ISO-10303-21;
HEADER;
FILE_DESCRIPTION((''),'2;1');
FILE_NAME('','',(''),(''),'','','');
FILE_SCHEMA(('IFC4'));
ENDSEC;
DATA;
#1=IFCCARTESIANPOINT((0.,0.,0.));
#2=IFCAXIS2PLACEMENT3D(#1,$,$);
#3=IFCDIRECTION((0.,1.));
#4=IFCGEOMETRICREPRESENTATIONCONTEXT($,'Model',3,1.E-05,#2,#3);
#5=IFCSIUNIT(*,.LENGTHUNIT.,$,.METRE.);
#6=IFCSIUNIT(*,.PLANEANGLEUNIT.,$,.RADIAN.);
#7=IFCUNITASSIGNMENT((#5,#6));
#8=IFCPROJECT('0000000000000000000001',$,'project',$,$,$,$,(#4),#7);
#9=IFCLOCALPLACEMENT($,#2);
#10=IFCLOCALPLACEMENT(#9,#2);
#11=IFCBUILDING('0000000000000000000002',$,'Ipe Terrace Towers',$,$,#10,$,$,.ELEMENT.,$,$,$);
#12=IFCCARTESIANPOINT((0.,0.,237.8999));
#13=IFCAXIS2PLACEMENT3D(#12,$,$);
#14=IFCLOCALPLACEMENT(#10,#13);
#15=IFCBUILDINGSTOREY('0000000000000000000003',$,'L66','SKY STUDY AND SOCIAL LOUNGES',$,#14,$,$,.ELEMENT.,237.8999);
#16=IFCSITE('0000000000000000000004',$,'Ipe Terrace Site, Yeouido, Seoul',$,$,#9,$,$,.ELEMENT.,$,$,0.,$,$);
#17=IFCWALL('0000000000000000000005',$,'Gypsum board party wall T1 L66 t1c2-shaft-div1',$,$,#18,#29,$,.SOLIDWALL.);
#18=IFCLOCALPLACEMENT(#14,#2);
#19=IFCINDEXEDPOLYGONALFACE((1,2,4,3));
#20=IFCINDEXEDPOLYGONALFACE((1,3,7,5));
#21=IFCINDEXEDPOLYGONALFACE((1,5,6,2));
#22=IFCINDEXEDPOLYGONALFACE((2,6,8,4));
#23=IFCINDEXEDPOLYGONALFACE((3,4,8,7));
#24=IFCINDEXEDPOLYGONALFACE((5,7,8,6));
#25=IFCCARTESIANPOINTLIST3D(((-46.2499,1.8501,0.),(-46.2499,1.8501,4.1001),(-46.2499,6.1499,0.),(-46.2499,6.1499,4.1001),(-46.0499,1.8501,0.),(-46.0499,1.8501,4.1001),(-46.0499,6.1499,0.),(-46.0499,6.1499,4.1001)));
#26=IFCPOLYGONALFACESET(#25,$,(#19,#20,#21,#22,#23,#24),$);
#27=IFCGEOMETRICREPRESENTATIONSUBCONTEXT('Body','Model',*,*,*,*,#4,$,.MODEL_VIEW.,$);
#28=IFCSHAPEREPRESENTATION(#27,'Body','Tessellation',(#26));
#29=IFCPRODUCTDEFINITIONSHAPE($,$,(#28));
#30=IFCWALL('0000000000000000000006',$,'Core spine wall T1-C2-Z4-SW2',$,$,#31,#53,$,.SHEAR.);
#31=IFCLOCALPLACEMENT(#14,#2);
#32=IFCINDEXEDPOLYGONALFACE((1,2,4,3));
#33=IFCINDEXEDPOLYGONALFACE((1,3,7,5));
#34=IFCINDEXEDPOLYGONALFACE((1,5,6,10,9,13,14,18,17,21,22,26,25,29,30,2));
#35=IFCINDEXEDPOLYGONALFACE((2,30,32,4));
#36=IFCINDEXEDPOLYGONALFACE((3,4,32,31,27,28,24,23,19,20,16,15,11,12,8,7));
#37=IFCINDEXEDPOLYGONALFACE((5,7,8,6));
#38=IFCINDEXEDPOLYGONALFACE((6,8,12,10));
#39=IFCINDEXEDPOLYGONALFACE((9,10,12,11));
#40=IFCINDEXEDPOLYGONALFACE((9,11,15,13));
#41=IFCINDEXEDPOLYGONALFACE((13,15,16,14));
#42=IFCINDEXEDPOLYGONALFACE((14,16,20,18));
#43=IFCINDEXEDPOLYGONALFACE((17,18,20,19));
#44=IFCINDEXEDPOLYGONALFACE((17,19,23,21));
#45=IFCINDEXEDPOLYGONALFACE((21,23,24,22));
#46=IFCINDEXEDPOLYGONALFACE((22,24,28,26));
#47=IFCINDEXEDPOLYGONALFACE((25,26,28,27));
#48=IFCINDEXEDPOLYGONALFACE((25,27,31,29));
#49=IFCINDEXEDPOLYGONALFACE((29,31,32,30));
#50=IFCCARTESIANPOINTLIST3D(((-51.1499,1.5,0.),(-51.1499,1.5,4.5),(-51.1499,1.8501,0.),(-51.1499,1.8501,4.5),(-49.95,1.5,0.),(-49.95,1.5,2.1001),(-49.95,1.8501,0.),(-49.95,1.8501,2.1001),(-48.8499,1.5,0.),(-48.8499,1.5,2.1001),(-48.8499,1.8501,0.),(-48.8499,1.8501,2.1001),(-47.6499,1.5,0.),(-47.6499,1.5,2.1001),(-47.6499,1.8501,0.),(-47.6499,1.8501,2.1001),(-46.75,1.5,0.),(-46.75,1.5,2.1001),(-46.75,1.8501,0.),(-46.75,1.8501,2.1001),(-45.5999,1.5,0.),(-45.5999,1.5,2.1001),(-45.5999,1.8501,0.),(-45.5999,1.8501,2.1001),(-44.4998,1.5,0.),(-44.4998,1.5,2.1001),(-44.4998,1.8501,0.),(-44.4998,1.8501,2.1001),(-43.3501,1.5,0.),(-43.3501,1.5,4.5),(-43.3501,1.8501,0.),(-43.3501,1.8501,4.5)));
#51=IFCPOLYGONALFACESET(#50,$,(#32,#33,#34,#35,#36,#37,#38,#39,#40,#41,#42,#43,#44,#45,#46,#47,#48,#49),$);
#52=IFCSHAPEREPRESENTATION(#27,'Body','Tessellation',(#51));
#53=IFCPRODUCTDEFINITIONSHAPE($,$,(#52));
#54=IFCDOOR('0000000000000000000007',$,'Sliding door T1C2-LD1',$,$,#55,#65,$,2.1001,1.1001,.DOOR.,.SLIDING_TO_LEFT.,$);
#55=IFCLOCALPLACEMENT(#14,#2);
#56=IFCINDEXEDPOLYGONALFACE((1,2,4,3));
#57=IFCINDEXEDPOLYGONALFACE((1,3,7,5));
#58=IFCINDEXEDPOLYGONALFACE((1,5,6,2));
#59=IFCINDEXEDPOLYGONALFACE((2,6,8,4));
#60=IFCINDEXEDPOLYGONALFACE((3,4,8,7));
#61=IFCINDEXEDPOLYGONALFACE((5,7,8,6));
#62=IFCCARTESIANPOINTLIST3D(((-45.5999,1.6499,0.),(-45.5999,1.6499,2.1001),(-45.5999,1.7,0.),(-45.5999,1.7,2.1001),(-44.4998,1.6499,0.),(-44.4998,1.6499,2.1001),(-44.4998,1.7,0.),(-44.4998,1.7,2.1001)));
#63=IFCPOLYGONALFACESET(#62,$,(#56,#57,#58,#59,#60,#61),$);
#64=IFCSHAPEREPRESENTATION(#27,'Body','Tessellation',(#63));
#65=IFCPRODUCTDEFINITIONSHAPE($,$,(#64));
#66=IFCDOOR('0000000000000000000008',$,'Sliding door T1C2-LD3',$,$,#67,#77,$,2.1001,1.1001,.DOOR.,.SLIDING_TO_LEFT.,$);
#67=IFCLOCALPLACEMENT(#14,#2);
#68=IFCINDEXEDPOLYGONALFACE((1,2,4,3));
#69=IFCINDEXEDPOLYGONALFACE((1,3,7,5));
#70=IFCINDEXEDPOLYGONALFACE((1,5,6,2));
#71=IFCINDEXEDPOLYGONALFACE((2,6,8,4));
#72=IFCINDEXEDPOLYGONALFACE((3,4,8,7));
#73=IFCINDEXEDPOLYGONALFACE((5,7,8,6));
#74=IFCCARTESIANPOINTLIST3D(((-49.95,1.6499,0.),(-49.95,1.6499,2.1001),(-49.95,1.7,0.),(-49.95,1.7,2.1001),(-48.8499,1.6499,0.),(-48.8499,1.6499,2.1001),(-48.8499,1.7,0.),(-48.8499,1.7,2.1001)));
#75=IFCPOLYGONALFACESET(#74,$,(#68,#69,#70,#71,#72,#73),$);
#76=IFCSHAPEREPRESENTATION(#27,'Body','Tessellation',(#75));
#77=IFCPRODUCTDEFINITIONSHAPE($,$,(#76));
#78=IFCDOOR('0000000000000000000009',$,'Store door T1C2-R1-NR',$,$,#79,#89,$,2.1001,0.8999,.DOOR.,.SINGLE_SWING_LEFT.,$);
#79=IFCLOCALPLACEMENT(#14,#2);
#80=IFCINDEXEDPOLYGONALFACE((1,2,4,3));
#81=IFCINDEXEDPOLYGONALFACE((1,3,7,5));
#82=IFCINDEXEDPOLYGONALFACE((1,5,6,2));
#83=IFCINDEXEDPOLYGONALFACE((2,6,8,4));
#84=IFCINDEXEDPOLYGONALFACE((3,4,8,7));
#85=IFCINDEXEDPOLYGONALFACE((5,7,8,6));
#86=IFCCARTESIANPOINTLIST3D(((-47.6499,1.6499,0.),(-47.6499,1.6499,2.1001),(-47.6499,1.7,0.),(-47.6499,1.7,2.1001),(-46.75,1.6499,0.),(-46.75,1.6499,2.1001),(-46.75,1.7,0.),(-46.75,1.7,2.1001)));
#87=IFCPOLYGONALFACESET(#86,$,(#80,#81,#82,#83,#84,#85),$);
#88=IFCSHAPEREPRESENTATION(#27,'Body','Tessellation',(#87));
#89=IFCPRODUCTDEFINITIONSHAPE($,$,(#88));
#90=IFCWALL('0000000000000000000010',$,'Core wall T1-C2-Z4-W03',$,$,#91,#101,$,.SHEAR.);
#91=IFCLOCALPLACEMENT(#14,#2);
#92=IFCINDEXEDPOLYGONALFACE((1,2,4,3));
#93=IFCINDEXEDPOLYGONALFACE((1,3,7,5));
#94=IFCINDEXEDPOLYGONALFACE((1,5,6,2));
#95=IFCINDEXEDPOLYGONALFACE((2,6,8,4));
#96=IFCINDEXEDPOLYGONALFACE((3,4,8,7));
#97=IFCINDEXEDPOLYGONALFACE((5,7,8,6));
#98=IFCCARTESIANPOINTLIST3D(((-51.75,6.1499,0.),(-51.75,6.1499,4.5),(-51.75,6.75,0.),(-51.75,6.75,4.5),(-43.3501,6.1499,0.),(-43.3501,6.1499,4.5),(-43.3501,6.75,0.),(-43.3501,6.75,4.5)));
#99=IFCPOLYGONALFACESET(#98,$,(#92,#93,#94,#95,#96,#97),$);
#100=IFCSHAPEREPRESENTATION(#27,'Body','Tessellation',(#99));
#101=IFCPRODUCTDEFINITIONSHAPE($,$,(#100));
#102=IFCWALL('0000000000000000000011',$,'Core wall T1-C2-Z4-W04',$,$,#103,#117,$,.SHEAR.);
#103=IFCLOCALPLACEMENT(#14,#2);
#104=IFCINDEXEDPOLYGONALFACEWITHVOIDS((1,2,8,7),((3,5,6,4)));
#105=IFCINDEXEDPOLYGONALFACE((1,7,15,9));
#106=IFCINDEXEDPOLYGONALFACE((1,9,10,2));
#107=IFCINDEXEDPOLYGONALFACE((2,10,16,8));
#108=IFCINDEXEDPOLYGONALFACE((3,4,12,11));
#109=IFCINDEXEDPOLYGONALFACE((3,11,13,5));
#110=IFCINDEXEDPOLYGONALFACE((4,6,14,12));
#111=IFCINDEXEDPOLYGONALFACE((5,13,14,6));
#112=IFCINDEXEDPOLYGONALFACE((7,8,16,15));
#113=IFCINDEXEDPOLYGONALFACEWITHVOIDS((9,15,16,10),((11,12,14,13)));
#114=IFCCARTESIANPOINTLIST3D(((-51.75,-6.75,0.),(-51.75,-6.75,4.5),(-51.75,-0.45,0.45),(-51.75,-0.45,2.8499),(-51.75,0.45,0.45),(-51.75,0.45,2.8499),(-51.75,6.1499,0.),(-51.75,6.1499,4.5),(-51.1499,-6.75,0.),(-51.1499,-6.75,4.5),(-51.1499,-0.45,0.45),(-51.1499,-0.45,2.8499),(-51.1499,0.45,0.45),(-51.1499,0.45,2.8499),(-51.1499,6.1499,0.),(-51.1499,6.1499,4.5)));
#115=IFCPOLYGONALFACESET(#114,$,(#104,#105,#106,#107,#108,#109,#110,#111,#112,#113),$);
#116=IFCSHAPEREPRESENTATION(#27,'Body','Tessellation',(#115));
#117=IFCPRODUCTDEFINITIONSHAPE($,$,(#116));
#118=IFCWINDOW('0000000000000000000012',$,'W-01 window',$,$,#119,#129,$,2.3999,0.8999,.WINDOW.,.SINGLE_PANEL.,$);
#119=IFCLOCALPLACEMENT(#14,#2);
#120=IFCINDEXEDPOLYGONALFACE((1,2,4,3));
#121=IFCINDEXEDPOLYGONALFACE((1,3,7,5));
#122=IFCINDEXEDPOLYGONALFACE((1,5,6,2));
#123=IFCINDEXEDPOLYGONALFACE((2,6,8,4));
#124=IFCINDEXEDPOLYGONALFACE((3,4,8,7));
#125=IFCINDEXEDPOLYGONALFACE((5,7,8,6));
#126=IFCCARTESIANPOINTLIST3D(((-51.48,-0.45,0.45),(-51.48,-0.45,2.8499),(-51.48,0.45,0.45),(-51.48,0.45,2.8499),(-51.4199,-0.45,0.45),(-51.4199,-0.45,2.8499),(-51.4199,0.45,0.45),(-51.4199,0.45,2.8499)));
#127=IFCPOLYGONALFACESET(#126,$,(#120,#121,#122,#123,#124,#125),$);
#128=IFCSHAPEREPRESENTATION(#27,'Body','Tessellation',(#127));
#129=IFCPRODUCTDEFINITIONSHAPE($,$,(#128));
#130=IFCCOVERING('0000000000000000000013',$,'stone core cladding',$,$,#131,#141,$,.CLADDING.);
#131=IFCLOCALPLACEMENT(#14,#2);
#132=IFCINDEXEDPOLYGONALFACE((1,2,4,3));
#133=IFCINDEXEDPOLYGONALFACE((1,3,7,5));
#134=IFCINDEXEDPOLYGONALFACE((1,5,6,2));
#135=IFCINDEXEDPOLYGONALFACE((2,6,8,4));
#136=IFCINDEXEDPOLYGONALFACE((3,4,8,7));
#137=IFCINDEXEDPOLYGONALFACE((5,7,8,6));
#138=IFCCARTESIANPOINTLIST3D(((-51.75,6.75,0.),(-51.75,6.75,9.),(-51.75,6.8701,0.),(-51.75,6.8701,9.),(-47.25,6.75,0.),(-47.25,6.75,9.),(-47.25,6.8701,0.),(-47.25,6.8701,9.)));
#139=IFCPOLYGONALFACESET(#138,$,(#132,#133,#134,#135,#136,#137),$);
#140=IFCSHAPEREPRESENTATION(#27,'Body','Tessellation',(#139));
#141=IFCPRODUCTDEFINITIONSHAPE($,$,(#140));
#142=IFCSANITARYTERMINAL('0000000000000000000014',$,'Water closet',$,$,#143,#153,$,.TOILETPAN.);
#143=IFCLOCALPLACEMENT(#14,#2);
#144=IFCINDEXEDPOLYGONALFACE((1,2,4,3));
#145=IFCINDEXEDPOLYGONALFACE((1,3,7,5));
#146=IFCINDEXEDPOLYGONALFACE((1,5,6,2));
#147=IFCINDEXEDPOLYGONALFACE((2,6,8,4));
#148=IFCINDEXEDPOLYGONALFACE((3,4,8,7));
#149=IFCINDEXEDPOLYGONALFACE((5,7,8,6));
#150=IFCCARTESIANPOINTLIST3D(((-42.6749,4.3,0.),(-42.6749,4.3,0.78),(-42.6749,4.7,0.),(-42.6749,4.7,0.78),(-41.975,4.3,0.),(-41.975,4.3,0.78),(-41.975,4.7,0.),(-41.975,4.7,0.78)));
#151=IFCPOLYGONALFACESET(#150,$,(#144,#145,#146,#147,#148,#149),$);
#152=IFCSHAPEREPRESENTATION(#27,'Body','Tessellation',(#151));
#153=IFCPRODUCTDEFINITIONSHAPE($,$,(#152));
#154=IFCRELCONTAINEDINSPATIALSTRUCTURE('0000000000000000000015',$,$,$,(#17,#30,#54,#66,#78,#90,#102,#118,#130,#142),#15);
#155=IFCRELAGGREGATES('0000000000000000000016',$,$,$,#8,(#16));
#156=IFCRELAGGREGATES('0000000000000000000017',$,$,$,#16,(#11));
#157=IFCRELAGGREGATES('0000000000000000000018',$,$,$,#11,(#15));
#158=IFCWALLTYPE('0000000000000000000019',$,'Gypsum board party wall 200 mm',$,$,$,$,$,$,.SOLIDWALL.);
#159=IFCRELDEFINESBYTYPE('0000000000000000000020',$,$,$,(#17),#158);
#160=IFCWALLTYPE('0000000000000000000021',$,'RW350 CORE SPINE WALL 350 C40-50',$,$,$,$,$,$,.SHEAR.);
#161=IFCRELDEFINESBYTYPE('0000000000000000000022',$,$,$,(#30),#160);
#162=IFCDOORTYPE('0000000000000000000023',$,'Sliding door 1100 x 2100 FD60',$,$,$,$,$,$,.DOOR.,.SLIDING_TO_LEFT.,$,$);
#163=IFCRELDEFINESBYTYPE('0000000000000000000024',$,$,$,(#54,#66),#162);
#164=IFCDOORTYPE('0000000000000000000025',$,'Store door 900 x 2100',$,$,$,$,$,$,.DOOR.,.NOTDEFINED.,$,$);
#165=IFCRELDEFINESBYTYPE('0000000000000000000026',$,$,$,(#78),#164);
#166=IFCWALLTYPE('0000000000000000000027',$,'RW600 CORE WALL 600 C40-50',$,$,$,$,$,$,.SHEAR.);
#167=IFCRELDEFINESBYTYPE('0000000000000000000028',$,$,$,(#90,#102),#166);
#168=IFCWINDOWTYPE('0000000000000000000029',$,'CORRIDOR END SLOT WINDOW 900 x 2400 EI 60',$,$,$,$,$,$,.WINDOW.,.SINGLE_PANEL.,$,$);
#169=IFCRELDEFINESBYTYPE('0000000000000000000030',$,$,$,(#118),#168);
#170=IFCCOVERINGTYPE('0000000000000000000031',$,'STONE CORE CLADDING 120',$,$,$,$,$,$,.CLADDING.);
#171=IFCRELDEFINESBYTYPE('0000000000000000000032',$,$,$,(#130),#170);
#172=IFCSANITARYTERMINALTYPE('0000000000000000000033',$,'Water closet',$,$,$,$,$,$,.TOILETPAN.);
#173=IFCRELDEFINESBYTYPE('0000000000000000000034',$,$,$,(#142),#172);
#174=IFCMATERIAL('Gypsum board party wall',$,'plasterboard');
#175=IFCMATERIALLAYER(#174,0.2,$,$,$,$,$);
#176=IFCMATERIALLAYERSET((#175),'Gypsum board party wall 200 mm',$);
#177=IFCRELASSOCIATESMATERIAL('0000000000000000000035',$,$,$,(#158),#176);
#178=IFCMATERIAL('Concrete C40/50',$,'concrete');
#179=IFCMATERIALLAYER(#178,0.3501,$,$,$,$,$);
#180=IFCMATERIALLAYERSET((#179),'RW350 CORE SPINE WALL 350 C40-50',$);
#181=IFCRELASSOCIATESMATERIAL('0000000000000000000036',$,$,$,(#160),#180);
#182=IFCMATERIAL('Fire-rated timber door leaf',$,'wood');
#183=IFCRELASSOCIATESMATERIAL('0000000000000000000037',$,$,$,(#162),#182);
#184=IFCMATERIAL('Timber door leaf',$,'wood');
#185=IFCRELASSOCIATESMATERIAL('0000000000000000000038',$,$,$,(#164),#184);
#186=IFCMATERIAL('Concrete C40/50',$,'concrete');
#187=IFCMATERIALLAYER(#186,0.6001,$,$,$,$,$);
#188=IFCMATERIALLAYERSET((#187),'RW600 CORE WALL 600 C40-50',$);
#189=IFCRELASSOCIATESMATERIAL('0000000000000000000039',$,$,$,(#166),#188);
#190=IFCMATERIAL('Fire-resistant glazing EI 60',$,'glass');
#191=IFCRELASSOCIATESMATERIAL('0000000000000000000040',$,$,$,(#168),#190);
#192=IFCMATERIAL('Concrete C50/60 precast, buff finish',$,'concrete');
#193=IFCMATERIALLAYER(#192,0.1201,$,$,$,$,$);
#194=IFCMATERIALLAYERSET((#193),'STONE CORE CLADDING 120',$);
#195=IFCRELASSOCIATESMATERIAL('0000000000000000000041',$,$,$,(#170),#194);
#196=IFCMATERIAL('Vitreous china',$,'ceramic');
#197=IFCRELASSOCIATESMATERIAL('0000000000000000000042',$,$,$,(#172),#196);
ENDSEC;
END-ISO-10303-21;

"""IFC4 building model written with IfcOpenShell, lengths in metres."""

from ifc_helpers import new_model, si_unit, direction, frame, frame_2d, origin, origin_2d, place, context, subcontext, project, spatial, rectangle, extrude, material, layer, layer_set, type_object, element, fill, save


model = new_model("IFC4")

# Units and contexts
model_context = context("Model", 3, precision=1e-05, world=origin(), true_north=direction((0.0, 1.0)))
body_context = subcontext(model_context, "Body", "Model", "MODEL_VIEW")
ifc_project = project(units=[si_unit("LENGTHUNIT", "METRE"), si_unit("PLANEANGLEUNIT", "RADIAN")], contexts=[model_context])

# Site, building, storey
site_placement = place(None, origin())
site = spatial("IfcSite", under=ifc_project, at=site_placement, Name="Ipe Terrace Site, Yeouido, Seoul", CompositionType="ELEMENT", RefElevation=0.0)
building_placement = place(site_placement, origin())
building = spatial("IfcBuilding", under=site, at=building_placement, Name="Ipe Terrace Towers", CompositionType="ELEMENT")
storey_placement = place(building_placement, frame((0.0, 0.0, 237.8999)))
storey = spatial("IfcBuildingStorey", under=building, at=storey_placement, Name="L66", Description="SKY STUDY AND SOCIAL LOUNGES", CompositionType="ELEMENT", Elevation=237.8999)

# Wall
ifc_material_1 = material(Name="Gypsum board party wall", Category="plasterboard")
ifc_layer_1 = layer(ifc_material_1, 0.2)
ifc_layer_set_1 = layer_set([ifc_layer_1], Name="Gypsum board party wall 200 mm")
wall_type_1 = type_object("IfcWallType", Name="Gypsum board party wall 200 mm", PredefinedType="SOLIDWALL", material=ifc_layer_set_1)
for number, where, z_axis, x_axis, name in (
    (1, (-46.1499, 6.1499, 0.0), (0.0, 0.0, 1.0), (0.0, -1.0, 0.0), "Gypsum board party wall T1 L66 t1c2-shaft-div1"),
):
    element("IfcWall", number, at=place(storey_placement, frame(where, z_axis=z_axis, x_axis=x_axis)), inside=storey, type_object=wall_type_1, Name=name, PredefinedType="SOLIDWALL", context=body_context, shape_type="SweptSolid", body=[
        extrude(rectangle(XDim=4.2998, YDim=0.2, at=frame_2d((2.1499, 0.0))), origin(), (0.0, 0.0, 1.0), 4.1001),
    ])

# Wall, openings, doors
ifc_material_2 = material(Name="Concrete C40/50", Category="concrete")
ifc_layer_2 = layer(ifc_material_2, 0.3501)
ifc_layer_set_2 = layer_set([ifc_layer_2], Name="RW350 CORE SPINE WALL 350 C40-50")
wall_type_2 = type_object("IfcWallType", Name="RW350 CORE SPINE WALL 350 C40-50", PredefinedType="SHEAR", material=ifc_layer_set_2)
wall_1_placement = place(storey_placement, frame((-51.1499, 1.675, 0.0), z_axis=(0.0, 0.0, 1.0), x_axis=(1.0, 0.0, 0.0)))
wall_1 = element("IfcWall", 2, at=wall_1_placement, inside=storey, type_object=wall_type_2, Name="Core spine wall T1-C2-Z4-SW2", PredefinedType="SHEAR", context=body_context, shape_type="SweptSolid", body=[
    extrude(rectangle(XDim=7.7998, YDim=0.3501, at=frame_2d((3.8999, 0.0))), origin(), (0.0, 0.0, 1.0), 4.5),
])
opening_1_placement = place(wall_1_placement, frame((5.55, 0.0, 0.0)))
opening_1 = element("IfcOpeningElement", 3, at=opening_1_placement, cuts=wall_1, PredefinedType="OPENING", context=body_context, shape_type="SweptSolid", body=[
    extrude(rectangle(XDim=1.1001, YDim=2.1001, at=frame_2d((0.55, 1.05))), frame((0.0, 0.1851, 0.0), z_axis=(0.0, -1.0, 0.0), x_axis=(1.0, 0.0, 0.0)), (0.0, 0.0, 1.0), 0.3701),
])
opening_2_placement = place(wall_1_placement, frame((1.2, 0.0, 0.0)))
opening_2 = element("IfcOpeningElement", 4, at=opening_2_placement, cuts=wall_1, PredefinedType="OPENING", context=body_context, shape_type="SweptSolid", body=[
    extrude(rectangle(XDim=1.1001, YDim=2.1001, at=frame_2d((0.55, 1.05))), frame((0.0, 0.1851, 0.0), z_axis=(0.0, -1.0, 0.0), x_axis=(1.0, 0.0, 0.0)), (0.0, 0.0, 1.0), 0.3701),
])
opening_3_placement = place(wall_1_placement, frame((3.5, 0.0, 0.0)))
opening_3 = element("IfcOpeningElement", 5, at=opening_3_placement, cuts=wall_1, PredefinedType="OPENING", context=body_context, shape_type="SweptSolid", body=[
    extrude(rectangle(XDim=0.8999, YDim=2.1001, at=frame_2d((0.45, 1.05))), frame((0.0, 0.1851, 0.0), z_axis=(0.0, -1.0, 0.0), x_axis=(1.0, 0.0, 0.0)), (0.0, 0.0, 1.0), 0.3701),
])
ifc_material_3 = material(Name="Fire-rated timber door leaf", Category="wood")
door_type_1 = type_object("IfcDoorType", Name="Sliding door 1100 x 2100 FD60", OperationType="SLIDING_TO_LEFT", PredefinedType="DOOR", material=ifc_material_3)
door_1_placement = place(opening_1_placement, origin())
door_1 = element("IfcDoor", 6, at=door_1_placement, inside=storey, type_object=door_type_1, Name="Sliding door T1C2-LD1", OperationType="SLIDING_TO_LEFT", OverallHeight=2.1001, OverallWidth=1.1001, PredefinedType="DOOR", context=body_context, shape_type="SweptSolid", body=[
    extrude(rectangle(XDim=1.1001, YDim=2.1001, at=frame_2d((0.55, 1.05))), frame((0.0, 0.0249, 0.0), z_axis=(0.0, -1.0, 0.0), x_axis=(1.0, 0.0, 0.0)), (0.0, 0.0, 1.0), 0.05),
])
fill(opening_1, door_1)
door_2_placement = place(opening_2_placement, origin())
door_2 = element("IfcDoor", 7, at=door_2_placement, inside=storey, type_object=door_type_1, Name="Sliding door T1C2-LD3", OperationType="SLIDING_TO_LEFT", OverallHeight=2.1001, OverallWidth=1.1001, PredefinedType="DOOR", context=body_context, shape_type="SweptSolid", body=[
    extrude(rectangle(XDim=1.1001, YDim=2.1001, at=frame_2d((0.55, 1.05))), frame((0.0, 0.0249, 0.0), z_axis=(0.0, -1.0, 0.0), x_axis=(1.0, 0.0, 0.0)), (0.0, 0.0, 1.0), 0.05),
])
fill(opening_2, door_2)
ifc_material_4 = material(Name="Timber door leaf", Category="wood")
door_type_2 = type_object("IfcDoorType", Name="Store door 900 x 2100", OperationType="NOTDEFINED", PredefinedType="DOOR", material=ifc_material_4)
door_3_placement = place(opening_3_placement, origin())
door_3 = element("IfcDoor", 8, at=door_3_placement, inside=storey, type_object=door_type_2, Name="Store door T1C2-R1-NR", OperationType="SINGLE_SWING_LEFT", OverallHeight=2.1001, OverallWidth=0.8999, PredefinedType="DOOR", context=body_context, shape_type="SweptSolid", body=[
    extrude(rectangle(XDim=0.8999, YDim=2.1001, at=frame_2d((0.45, 1.05))), frame((0.0, 0.0249, 0.0), z_axis=(0.0, -1.0, 0.0), x_axis=(1.0, 0.0, 0.0)), (0.0, 0.0, 1.0), 0.05),
])
fill(opening_3, door_3)

# Wall
ifc_material_5 = material(Name="Concrete C40/50", Category="concrete")
ifc_layer_3 = layer(ifc_material_5, 0.6001)
ifc_layer_set_3 = layer_set([ifc_layer_3], Name="RW600 CORE WALL 600 C40-50")
wall_type_3 = type_object("IfcWallType", Name="RW600 CORE WALL 600 C40-50", PredefinedType="SHEAR", material=ifc_layer_set_3)
wall_2_placement = place(storey_placement, frame((-43.3501, 6.45, 0.0), z_axis=(0.0, 0.0, 1.0), x_axis=(-1.0, 0.0, 0.0)))
element("IfcWall", 9, at=wall_2_placement, inside=storey, type_object=wall_type_3, Name="Core wall T1-C2-Z4-W03", PredefinedType="SHEAR", context=body_context, shape_type="SweptSolid", body=[
    extrude(rectangle(XDim=8.3999, YDim=0.6001, at=frame_2d((4.2, 0.0))), origin(), (0.0, 0.0, 1.0), 4.5),
])

# Wall, opening, window
wall_3_placement = place(storey_placement, frame((-51.45, 6.1499, 0.0), z_axis=(0.0, 0.0, 1.0), x_axis=(0.0, -1.0, 0.0)))
wall_3 = element("IfcWall", 10, at=wall_3_placement, inside=storey, type_object=wall_type_3, Name="Core wall T1-C2-Z4-W04", PredefinedType="SHEAR", context=body_context, shape_type="SweptSolid", body=[
    extrude(rectangle(XDim=12.8999, YDim=0.6001, at=frame_2d((6.45, 0.0))), origin(), (0.0, 0.0, 1.0), 4.5),
])
opening_4_placement = place(wall_3_placement, frame((5.7, 0.0, 0.45)))
opening_4 = element("IfcOpeningElement", 11, at=opening_4_placement, cuts=wall_3, PredefinedType="OPENING", context=body_context, shape_type="SweptSolid", body=[
    extrude(rectangle(XDim=0.8999, YDim=2.3999, at=frame_2d((0.45, 1.2))), frame((0.0, 0.3101, 0.0), z_axis=(0.0, -1.0, 0.0), x_axis=(1.0, 0.0, 0.0)), (0.0, 0.0, 1.0), 0.6201),
])
ifc_material_6 = material(Name="Fire-resistant glazing EI 60", Category="glass")
window_type = type_object("IfcWindowType", Name="CORRIDOR END SLOT WINDOW 900 x 2400 EI 60", PartitioningType="SINGLE_PANEL", PredefinedType="WINDOW", material=ifc_material_6)
window_placement = place(opening_4_placement, origin())
window = element("IfcWindow", 12, at=window_placement, inside=storey, type_object=window_type, Name="W-01 window", OverallHeight=2.3999, OverallWidth=0.8999, PartitioningType="SINGLE_PANEL", PredefinedType="WINDOW", context=body_context, shape_type="SweptSolid", body=[
    extrude(rectangle(XDim=0.8999, YDim=2.3999, at=frame_2d((0.45, 1.2))), frame((0.0, 0.03, 0.0), z_axis=(0.0, -1.0, 0.0), x_axis=(1.0, 0.0, 0.0)), (0.0, 0.0, 1.0), 0.0601),
])
fill(opening_4, window)

# Covering
ifc_material_7 = material(Name="Concrete C50/60 precast, buff finish", Category="concrete")
ifc_layer_4 = layer(ifc_material_7, 0.1201)
ifc_layer_set_4 = layer_set([ifc_layer_4], Name="STONE CORE CLADDING 120")
covering_type = type_object("IfcCoveringType", Name="STONE CORE CLADDING 120", PredefinedType="CLADDING", material=ifc_layer_set_4)
covering_placement = place(storey_placement, frame((-49.5, 6.8101, 0.0), z_axis=(0.0, 0.0, 1.0), x_axis=(-1.0, 0.0, 0.0)))
element("IfcCovering", 13, at=covering_placement, inside=storey, type_object=covering_type, Name="stone core cladding", PredefinedType="CLADDING", context=body_context, shape_type="SweptSolid", body=[
    extrude(rectangle(XDim=4.5, YDim=0.1201, at=origin_2d()), origin(), (0.0, 0.0, 1.0), 9.0),
])

# Sanitary terminal
ifc_material_8 = material(Name="Vitreous china", Category="ceramic")
sanitary_terminal_type = type_object("IfcSanitaryTerminalType", Name="Water closet", PredefinedType="TOILETPAN", material=ifc_material_8)
sanitary_terminal_placement = place(storey_placement, frame((-42.325, 4.5, 0.0), z_axis=(0.0, 0.0, 1.0), x_axis=(1.0, 0.0, 0.0)))
element("IfcSanitaryTerminal", 14, at=sanitary_terminal_placement, inside=storey, type_object=sanitary_terminal_type, Name="Water closet", PredefinedType="TOILETPAN", context=body_context, shape_type="SweptSolid", body=[
    extrude(rectangle(XDim=0.7, YDim=0.3999, at=origin_2d()), origin(), (0.0, 0.0, 1.0), 0.78),
])

save(model, "model.ifc")
